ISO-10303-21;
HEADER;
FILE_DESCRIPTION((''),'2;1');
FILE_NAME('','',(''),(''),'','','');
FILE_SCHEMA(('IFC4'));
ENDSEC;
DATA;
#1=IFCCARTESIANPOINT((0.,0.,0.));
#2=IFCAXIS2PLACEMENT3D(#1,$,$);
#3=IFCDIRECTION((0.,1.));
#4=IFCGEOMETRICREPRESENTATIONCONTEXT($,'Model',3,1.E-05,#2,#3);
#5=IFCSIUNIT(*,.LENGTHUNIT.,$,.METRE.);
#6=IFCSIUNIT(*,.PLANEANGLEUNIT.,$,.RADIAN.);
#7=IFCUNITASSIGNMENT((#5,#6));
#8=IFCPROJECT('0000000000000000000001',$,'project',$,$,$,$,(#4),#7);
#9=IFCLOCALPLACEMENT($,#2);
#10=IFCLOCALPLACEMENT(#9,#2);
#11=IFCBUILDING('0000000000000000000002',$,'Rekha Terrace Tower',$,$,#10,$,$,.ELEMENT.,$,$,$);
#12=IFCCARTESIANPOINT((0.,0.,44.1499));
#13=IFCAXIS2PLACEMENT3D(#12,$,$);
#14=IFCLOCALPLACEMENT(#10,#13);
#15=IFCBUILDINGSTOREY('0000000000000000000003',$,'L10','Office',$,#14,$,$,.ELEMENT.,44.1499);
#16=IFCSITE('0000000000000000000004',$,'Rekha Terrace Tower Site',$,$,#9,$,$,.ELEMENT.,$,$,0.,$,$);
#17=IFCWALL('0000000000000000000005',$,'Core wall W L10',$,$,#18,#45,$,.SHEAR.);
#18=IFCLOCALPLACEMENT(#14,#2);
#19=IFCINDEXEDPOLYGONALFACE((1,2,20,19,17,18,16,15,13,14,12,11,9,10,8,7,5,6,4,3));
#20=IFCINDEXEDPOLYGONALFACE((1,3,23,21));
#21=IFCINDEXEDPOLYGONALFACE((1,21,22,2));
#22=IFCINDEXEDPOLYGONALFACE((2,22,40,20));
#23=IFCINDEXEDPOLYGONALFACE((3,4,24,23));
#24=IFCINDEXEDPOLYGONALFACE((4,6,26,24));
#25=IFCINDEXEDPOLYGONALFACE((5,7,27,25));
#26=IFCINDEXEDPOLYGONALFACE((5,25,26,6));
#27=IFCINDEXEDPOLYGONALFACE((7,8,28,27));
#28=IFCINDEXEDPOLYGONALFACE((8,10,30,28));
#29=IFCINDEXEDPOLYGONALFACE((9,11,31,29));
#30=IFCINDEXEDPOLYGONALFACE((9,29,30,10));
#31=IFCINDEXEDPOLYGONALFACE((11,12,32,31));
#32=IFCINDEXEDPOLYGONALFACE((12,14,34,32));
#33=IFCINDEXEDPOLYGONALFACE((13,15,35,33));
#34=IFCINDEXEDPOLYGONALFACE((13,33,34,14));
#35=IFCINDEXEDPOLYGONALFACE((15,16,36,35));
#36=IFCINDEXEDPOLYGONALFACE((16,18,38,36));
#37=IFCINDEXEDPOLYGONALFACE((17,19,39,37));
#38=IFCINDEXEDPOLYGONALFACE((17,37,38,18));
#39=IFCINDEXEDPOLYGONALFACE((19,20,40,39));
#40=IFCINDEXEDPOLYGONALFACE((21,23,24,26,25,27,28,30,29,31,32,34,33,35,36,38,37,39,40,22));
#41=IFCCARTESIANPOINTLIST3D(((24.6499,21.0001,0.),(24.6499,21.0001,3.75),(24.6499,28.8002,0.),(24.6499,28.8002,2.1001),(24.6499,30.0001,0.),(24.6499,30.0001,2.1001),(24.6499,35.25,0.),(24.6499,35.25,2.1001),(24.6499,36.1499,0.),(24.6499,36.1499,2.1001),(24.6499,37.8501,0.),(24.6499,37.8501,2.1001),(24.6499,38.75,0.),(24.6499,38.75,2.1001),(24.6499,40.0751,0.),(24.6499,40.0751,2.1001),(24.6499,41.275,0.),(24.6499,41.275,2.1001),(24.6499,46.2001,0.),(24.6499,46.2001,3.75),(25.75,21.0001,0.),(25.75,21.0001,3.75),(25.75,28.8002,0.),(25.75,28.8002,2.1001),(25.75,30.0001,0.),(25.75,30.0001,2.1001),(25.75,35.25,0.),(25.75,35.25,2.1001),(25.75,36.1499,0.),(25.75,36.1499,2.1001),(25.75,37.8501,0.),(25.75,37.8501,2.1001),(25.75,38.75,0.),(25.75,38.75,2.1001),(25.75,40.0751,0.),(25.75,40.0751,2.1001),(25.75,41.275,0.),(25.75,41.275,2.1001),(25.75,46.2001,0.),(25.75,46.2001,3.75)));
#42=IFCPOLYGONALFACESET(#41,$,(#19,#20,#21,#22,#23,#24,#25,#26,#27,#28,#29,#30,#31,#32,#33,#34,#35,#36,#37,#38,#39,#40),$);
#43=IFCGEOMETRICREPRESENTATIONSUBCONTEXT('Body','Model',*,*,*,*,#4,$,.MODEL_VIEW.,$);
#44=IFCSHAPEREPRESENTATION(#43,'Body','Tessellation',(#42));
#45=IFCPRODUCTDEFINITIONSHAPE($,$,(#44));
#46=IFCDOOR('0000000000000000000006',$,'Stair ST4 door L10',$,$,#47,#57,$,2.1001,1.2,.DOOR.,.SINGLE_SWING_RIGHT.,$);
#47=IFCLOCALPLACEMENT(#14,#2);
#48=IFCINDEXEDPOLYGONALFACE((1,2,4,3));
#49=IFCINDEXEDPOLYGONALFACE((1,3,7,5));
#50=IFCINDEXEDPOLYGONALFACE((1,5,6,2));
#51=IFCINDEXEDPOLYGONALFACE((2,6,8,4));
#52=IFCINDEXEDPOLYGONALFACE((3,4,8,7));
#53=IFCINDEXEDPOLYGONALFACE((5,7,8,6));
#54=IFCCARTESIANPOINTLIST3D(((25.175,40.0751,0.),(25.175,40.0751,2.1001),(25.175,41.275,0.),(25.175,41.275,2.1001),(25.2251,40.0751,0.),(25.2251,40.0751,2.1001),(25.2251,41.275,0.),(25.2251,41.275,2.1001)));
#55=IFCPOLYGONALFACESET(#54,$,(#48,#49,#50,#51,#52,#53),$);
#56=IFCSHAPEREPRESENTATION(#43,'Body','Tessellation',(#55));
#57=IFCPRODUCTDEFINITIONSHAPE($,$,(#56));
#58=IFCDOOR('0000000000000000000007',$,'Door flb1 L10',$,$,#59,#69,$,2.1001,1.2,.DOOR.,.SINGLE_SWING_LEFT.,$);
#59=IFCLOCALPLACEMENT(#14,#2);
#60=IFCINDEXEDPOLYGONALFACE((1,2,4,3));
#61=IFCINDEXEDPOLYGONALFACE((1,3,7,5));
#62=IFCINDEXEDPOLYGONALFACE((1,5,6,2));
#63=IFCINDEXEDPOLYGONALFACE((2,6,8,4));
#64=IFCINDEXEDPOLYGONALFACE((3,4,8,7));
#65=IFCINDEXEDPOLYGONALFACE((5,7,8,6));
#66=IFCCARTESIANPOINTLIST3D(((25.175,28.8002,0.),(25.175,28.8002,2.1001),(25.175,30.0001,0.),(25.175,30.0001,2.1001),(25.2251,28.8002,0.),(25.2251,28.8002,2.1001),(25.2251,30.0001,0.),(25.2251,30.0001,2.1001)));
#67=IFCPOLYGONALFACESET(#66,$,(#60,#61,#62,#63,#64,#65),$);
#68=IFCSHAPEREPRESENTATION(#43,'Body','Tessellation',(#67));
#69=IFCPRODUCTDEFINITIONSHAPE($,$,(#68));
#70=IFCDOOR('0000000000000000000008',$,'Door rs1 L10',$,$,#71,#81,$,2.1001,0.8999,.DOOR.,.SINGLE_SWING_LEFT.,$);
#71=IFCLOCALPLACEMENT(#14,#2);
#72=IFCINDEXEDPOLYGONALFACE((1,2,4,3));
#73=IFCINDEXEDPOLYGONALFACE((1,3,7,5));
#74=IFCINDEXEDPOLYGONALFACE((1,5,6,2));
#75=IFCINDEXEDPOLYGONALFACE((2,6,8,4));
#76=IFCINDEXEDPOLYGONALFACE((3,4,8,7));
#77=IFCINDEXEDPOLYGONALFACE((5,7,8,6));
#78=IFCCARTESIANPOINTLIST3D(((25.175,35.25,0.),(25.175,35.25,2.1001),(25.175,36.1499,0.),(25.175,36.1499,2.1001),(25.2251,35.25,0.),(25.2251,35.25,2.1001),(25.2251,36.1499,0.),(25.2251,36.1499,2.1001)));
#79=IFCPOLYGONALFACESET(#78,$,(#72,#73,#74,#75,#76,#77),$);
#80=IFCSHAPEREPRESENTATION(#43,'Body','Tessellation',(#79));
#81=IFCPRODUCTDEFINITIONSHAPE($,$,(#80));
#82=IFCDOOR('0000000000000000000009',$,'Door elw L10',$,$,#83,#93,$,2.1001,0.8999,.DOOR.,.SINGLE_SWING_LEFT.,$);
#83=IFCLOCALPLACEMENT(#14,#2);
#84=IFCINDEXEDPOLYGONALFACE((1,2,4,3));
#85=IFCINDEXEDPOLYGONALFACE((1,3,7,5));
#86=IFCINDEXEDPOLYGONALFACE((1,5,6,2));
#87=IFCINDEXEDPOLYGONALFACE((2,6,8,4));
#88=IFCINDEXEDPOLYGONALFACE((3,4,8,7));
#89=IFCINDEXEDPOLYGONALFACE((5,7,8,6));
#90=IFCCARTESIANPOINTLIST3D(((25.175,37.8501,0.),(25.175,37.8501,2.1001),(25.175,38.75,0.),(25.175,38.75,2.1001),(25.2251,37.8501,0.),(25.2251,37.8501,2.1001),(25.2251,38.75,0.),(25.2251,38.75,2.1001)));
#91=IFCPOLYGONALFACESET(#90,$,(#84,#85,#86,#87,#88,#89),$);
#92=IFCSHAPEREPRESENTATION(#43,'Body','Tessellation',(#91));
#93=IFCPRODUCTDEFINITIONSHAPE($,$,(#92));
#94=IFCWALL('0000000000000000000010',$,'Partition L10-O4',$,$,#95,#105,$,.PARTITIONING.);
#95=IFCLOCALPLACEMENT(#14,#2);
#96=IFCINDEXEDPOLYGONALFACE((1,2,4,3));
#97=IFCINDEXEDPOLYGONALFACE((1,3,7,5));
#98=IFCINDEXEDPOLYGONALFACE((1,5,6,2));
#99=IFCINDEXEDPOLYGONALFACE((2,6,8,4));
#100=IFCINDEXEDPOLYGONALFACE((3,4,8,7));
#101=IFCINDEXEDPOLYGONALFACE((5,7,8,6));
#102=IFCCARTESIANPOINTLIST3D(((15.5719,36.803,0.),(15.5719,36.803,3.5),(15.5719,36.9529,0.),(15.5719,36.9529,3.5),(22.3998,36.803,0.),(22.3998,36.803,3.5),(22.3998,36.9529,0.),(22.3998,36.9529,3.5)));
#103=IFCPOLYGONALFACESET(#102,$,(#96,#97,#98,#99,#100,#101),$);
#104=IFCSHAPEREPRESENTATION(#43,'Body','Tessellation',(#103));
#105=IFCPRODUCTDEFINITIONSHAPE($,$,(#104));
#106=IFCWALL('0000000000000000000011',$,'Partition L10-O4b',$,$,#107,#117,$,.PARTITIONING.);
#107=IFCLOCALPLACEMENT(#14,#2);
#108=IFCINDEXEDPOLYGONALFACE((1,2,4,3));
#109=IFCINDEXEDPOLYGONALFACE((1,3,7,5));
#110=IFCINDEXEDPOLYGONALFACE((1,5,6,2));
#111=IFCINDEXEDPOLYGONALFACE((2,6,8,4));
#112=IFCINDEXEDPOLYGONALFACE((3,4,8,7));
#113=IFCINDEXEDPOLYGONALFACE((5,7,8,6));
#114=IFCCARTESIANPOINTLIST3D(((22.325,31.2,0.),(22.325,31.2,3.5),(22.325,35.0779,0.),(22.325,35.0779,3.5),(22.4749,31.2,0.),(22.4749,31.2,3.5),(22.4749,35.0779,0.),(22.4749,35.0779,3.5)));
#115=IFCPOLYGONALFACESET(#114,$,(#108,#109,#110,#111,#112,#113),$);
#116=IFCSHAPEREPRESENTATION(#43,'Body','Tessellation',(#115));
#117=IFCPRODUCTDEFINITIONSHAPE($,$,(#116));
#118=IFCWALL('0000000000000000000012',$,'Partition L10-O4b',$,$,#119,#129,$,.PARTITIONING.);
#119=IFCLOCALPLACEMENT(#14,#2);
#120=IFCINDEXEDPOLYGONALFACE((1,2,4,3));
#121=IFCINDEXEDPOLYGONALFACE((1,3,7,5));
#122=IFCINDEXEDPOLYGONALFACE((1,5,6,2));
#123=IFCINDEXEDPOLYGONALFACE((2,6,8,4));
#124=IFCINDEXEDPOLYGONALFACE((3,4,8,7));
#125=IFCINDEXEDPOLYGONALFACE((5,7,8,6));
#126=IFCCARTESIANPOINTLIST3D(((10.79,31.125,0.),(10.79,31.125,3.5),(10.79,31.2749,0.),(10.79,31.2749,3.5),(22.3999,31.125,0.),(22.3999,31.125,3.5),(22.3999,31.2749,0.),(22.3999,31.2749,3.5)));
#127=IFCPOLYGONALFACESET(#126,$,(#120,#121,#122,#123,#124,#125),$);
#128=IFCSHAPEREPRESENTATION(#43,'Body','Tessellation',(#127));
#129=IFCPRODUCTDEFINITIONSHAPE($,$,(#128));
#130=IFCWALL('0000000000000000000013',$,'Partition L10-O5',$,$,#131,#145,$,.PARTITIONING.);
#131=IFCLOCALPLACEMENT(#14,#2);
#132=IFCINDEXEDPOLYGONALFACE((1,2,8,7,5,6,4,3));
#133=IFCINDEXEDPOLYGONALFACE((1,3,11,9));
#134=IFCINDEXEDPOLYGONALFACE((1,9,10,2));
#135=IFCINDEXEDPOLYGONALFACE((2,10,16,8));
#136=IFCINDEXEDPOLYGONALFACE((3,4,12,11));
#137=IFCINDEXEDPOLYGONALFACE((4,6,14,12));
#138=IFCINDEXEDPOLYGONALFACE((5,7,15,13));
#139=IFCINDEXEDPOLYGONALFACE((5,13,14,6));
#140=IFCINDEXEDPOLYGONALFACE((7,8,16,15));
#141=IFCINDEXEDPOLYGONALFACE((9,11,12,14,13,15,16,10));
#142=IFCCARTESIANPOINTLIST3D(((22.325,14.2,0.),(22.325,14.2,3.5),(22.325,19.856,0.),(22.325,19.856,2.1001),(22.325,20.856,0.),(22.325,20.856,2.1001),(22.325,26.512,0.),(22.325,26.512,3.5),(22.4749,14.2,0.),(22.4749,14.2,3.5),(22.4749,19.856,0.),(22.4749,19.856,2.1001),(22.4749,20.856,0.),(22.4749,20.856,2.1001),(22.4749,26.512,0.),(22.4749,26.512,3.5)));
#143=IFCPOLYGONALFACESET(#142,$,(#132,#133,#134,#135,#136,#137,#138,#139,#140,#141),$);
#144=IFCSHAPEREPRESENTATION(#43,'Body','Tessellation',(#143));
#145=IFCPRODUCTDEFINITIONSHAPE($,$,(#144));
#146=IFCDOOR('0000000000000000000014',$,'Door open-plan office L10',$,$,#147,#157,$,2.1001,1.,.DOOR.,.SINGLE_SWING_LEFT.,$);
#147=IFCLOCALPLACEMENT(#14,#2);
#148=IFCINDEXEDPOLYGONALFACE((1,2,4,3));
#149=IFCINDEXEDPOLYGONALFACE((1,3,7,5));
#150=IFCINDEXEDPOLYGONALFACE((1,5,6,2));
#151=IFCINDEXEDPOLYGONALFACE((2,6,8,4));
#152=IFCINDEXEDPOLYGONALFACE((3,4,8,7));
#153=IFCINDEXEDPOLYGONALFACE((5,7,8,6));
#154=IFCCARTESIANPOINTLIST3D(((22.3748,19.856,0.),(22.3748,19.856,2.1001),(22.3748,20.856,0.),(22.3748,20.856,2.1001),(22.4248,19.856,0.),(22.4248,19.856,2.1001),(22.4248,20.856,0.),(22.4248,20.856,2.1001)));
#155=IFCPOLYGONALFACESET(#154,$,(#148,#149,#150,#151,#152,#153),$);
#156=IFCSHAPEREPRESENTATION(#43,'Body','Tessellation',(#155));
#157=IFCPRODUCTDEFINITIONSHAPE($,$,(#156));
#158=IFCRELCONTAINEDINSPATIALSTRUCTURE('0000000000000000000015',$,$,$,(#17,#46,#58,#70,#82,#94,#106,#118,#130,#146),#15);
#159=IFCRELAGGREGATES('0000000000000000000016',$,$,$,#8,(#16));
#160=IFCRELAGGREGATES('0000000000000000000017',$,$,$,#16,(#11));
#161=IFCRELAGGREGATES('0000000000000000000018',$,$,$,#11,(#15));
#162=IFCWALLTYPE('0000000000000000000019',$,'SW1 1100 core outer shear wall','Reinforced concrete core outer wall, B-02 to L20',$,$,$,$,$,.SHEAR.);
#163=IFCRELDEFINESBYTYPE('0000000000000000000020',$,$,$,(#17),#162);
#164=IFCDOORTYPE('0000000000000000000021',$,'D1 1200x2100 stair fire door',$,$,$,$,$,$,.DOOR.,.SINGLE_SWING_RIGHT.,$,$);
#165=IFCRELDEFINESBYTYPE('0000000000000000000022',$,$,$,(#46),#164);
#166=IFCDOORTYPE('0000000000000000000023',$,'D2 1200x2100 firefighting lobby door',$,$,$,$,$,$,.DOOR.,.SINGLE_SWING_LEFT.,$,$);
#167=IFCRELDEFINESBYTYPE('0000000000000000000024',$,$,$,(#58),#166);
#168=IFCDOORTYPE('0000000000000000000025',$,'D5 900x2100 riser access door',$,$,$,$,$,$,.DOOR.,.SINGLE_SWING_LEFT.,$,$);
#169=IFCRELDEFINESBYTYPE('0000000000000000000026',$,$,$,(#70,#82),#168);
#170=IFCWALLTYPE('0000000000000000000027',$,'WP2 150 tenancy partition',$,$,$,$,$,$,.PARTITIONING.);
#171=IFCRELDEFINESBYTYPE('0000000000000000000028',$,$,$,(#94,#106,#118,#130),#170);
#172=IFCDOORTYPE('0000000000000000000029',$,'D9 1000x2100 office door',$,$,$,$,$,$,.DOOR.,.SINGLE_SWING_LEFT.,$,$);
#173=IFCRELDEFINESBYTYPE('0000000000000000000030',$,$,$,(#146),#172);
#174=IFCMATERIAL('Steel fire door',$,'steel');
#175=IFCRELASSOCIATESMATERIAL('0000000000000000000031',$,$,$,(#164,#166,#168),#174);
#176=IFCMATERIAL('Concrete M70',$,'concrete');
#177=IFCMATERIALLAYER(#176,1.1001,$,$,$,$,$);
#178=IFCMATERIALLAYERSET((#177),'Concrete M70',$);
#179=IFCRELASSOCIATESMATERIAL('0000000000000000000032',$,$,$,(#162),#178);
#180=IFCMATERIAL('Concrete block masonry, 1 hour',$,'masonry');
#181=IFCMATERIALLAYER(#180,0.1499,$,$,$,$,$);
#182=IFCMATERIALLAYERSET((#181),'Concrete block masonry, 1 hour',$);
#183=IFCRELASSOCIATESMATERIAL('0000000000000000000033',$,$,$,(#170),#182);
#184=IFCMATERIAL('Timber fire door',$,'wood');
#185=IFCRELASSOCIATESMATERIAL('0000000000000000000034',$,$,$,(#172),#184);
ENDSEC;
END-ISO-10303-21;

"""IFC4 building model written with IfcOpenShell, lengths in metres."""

from ifc_helpers import new_model, si_unit, direction, frame, frame_2d, origin, place, context, subcontext, project, spatial, rectangle, extrude, material, layer, layer_set, type_object, element, fill, save


model = new_model("IFC4")

# Units and contexts
model_context = context("Model", 3, precision=1e-05, world=origin(), true_north=direction((0.0, 1.0)))
body_context = subcontext(model_context, "Body", "Model", "MODEL_VIEW")
ifc_project = project(units=[si_unit("LENGTHUNIT", "METRE"), si_unit("PLANEANGLEUNIT", "RADIAN")], contexts=[model_context])

# Site, building, storey
site_placement = place(None, origin())
site = spatial("IfcSite", under=ifc_project, at=site_placement, Name="Rekha Terrace Tower Site", CompositionType="ELEMENT", RefElevation=0.0)
building_placement = place(site_placement, origin())
building = spatial("IfcBuilding", under=site, at=building_placement, Name="Rekha Terrace Tower", CompositionType="ELEMENT")
storey_placement = place(building_placement, frame((0.0, 0.0, 44.1499)))
storey = spatial("IfcBuildingStorey", under=building, at=storey_placement, Name="L10", Description="Office", CompositionType="ELEMENT", Elevation=44.1499)

# Shared definitions
ifc_material_1 = material(Name="Concrete M70", Category="concrete")

# Shared definitions
ifc_material_2 = material(Name="Steel fire door", Category="steel")
door_type_1 = type_object("IfcDoorType", Name="D1 1200x2100 stair fire door", OperationType="SINGLE_SWING_RIGHT", PredefinedType="DOOR", material=ifc_material_2)

# Shared definitions
ifc_layer_1 = layer(ifc_material_1, 1.1001)
ifc_layer_set_1 = layer_set([ifc_layer_1], Name="Concrete M70")
wall_type_1 = type_object("IfcWallType", Name="SW1 1100 core outer shear wall", Description="Reinforced concrete core outer wall, B-02 to L20", PredefinedType="SHEAR", material=ifc_layer_set_1)

# Wall, openings, doors
wall_1_placement = place(storey_placement, frame((25.2, 21.0, 0.0), z_axis=(0.0, 0.0, 1.0), x_axis=(0.0, 1.0, 0.0)))
wall_1 = element("IfcWall", 1, at=wall_1_placement, inside=storey, type_object=wall_type_1, Name="Core wall W L10", PredefinedType="SHEAR", context=body_context, shape_type="SweptSolid", body=[
    extrude(rectangle(XDim=25.2, YDim=1.1001, at=frame_2d((12.6001, 0.0))), origin(), (0.0, 0.0, 1.0), 3.75),
])
opening_1_placement = place(wall_1_placement, frame((7.8, 0.0, 0.0)))
opening_1 = element("IfcOpeningElement", 2, at=opening_1_placement, cuts=wall_1, PredefinedType="OPENING", context=body_context, shape_type="SweptSolid", body=[
    extrude(rectangle(XDim=1.2, YDim=2.1001, at=frame_2d((0.6001, 1.05))), frame((0.0, 0.5601, 0.0), z_axis=(0.0, -1.0, 0.0), x_axis=(1.0, 0.0, 0.0)), (0.0, 0.0, 1.0), 1.1201),
])
opening_2_placement = place(wall_1_placement, frame((14.25, 0.0, 0.0)))
opening_2 = element("IfcOpeningElement", 3, at=opening_2_placement, cuts=wall_1, PredefinedType="OPENING", context=body_context, shape_type="SweptSolid", body=[
    extrude(rectangle(XDim=0.8999, YDim=2.1001, at=frame_2d((0.45, 1.05))), frame((0.0, 0.5601, 0.0), z_axis=(0.0, -1.0, 0.0), x_axis=(1.0, 0.0, 0.0)), (0.0, 0.0, 1.0), 1.1201),
])
opening_3_placement = place(wall_1_placement, frame((16.8501, 0.0, 0.0)))
opening_3 = element("IfcOpeningElement", 4, at=opening_3_placement, cuts=wall_1, PredefinedType="OPENING", context=body_context, shape_type="SweptSolid", body=[
    extrude(rectangle(XDim=0.8999, YDim=2.1001, at=frame_2d((0.45, 1.05))), frame((0.0, 0.5601, 0.0), z_axis=(0.0, -1.0, 0.0), x_axis=(1.0, 0.0, 0.0)), (0.0, 0.0, 1.0), 1.1201),
])
opening_4_placement = place(wall_1_placement, frame((19.075, 0.0, 0.0)))
opening_4 = element("IfcOpeningElement", 5, at=opening_4_placement, cuts=wall_1, PredefinedType="OPENING", context=body_context, shape_type="SweptSolid", body=[
    extrude(rectangle(XDim=1.2, YDim=2.1001, at=frame_2d((0.6001, 1.05))), frame((0.0, 0.5601, 0.0), z_axis=(0.0, -1.0, 0.0), x_axis=(1.0, 0.0, 0.0)), (0.0, 0.0, 1.0), 1.1201),
])
door_1_placement = place(opening_4_placement, origin())
door_1 = element("IfcDoor", 6, at=door_1_placement, inside=storey, type_object=door_type_1, Name="Stair ST4 door L10", OperationType="SINGLE_SWING_RIGHT", OverallHeight=2.1001, OverallWidth=1.2, PredefinedType="DOOR", context=body_context, shape_type="SweptSolid", body=[
    extrude(rectangle(XDim=1.2, YDim=2.1001, at=frame_2d((0.6001, 1.05))), frame((0.0, 0.0249, 0.0), z_axis=(0.0, -1.0, 0.0), x_axis=(1.0, 0.0, 0.0)), (0.0, 0.0, 1.0), 0.05),
])
fill(opening_4, door_1)
door_type_2 = type_object("IfcDoorType", Name="D2 1200x2100 firefighting lobby door", OperationType="SINGLE_SWING_LEFT", PredefinedType="DOOR", material=ifc_material_2)
door_2_placement = place(opening_1_placement, origin())
door_2 = element("IfcDoor", 7, at=door_2_placement, inside=storey, type_object=door_type_2, Name="Door flb1 L10", OperationType="SINGLE_SWING_LEFT", OverallHeight=2.1001, OverallWidth=1.2, PredefinedType="DOOR", context=body_context, shape_type="SweptSolid", body=[
    extrude(rectangle(XDim=1.2, YDim=2.1001, at=frame_2d((0.6001, 1.05))), frame((0.0, 0.0249, 0.0), z_axis=(0.0, -1.0, 0.0), x_axis=(1.0, 0.0, 0.0)), (0.0, 0.0, 1.0), 0.05),
])
fill(opening_1, door_2)
door_type_3 = type_object("IfcDoorType", Name="D5 900x2100 riser access door", OperationType="SINGLE_SWING_LEFT", PredefinedType="DOOR", material=ifc_material_2)
door_3_placement = place(opening_2_placement, origin())
door_3 = element("IfcDoor", 8, at=door_3_placement, inside=storey, type_object=door_type_3, Name="Door rs1 L10", OperationType="SINGLE_SWING_LEFT", OverallHeight=2.1001, OverallWidth=0.8999, PredefinedType="DOOR", context=body_context, shape_type="SweptSolid", body=[
    extrude(rectangle(XDim=0.8999, YDim=2.1001, at=frame_2d((0.45, 1.05))), frame((0.0, 0.0249, 0.0), z_axis=(0.0, -1.0, 0.0), x_axis=(1.0, 0.0, 0.0)), (0.0, 0.0, 1.0), 0.05),
])
fill(opening_2, door_3)
door_4_placement = place(opening_3_placement, origin())
door_4 = element("IfcDoor", 9, at=door_4_placement, inside=storey, type_object=door_type_3, Name="Door elw L10", OperationType="SINGLE_SWING_LEFT", OverallHeight=2.1001, OverallWidth=0.8999, PredefinedType="DOOR", context=body_context, shape_type="SweptSolid", body=[
    extrude(rectangle(XDim=0.8999, YDim=2.1001, at=frame_2d((0.45, 1.05))), frame((0.0, 0.0249, 0.0), z_axis=(0.0, -1.0, 0.0), x_axis=(1.0, 0.0, 0.0)), (0.0, 0.0, 1.0), 0.05),
])
fill(opening_3, door_4)

# Walls
ifc_material_3 = material(Name="Concrete block masonry, 1 hour", Category="masonry")
ifc_layer_2 = layer(ifc_material_3, 0.1499)
ifc_layer_set_2 = layer_set([ifc_layer_2], Name="Concrete block masonry, 1 hour")
wall_type_2 = type_object("IfcWallType", Name="WP2 150 tenancy partition", PredefinedType="PARTITIONING", material=ifc_layer_set_2)
wall_2_placement = place(storey_placement, frame((22.3999, 36.8779, 0.0), z_axis=(0.0, 0.0, 1.0), x_axis=(-1.0, 0.0, 0.0)))
element("IfcWall", 10, at=wall_2_placement, inside=storey, type_object=wall_type_2, Name="Partition L10-O4", PredefinedType="PARTITIONING", context=body_context, shape_type="SweptSolid", body=[
    extrude(rectangle(XDim=6.8279, YDim=0.1499, at=frame_2d((3.4141, 0.0))), origin(), (0.0, 0.0, 1.0), 3.5),
])
wall_3_placement = place(storey_placement, frame((22.3999, 35.0779, 0.0), z_axis=(0.0, 0.0, 1.0), x_axis=(0.0, -1.0, 0.0)))
element("IfcWall", 11, at=wall_3_placement, inside=storey, type_object=wall_type_2, Name="Partition L10-O4b", PredefinedType="PARTITIONING", context=body_context, shape_type="SweptSolid", body=[
    extrude(rectangle(XDim=3.8779, YDim=0.1499, at=frame_2d((1.939, 0.0))), origin(), (0.0, 0.0, 1.0), 3.5),
])
wall_4_placement = place(storey_placement, frame((22.3999, 31.2, 0.0), z_axis=(0.0, 0.0, 1.0), x_axis=(-1.0, 0.0, 0.0)))
element("IfcWall", 12, at=wall_4_placement, inside=storey, type_object=wall_type_2, Name="Partition L10-O4b", PredefinedType="PARTITIONING", context=body_context, shape_type="SweptSolid", body=[
    extrude(rectangle(XDim=11.6099, YDim=0.1499, at=frame_2d((5.8049, 0.0))), origin(), (0.0, 0.0, 1.0), 3.5),
])

# Wall, opening, door
wall_5_placement = place(storey_placement, frame((22.3999, 26.512, 0.0), z_axis=(0.0, 0.0, 1.0), x_axis=(0.0, -1.0, 0.0)))
wall_5 = element("IfcWall", 13, at=wall_5_placement, inside=storey, type_object=wall_type_2, Name="Partition L10-O5", PredefinedType="PARTITIONING", context=body_context, shape_type="SweptSolid", body=[
    extrude(rectangle(XDim=12.312, YDim=0.1499, at=frame_2d((6.156, 0.0))), origin(), (0.0, 0.0, 1.0), 3.5),
])
opening_5_placement = place(wall_5_placement, frame((5.656, 0.0, 0.0)))
opening_5 = element("IfcOpeningElement", 14, at=opening_5_placement, cuts=wall_5, PredefinedType="OPENING", context=body_context, shape_type="SweptSolid", body=[
    extrude(rectangle(XDim=1.0, YDim=2.1001, at=frame_2d((0.5, 1.05))), frame((0.0, 0.085, 0.0), z_axis=(0.0, -1.0, 0.0), x_axis=(1.0, 0.0, 0.0)), (0.0, 0.0, 1.0), 0.1699),
])
ifc_material_4 = material(Name="Timber fire door", Category="wood")
door_type_4 = type_object("IfcDoorType", Name="D9 1000x2100 office door", OperationType="SINGLE_SWING_LEFT", PredefinedType="DOOR", material=ifc_material_4)
door_5_placement = place(opening_5_placement, origin())
door_5 = element("IfcDoor", 15, at=door_5_placement, inside=storey, type_object=door_type_4, Name="Door open-plan office L10", OperationType="SINGLE_SWING_LEFT", OverallHeight=2.1001, OverallWidth=1.0, PredefinedType="DOOR", context=body_context, shape_type="SweptSolid", body=[
    extrude(rectangle(XDim=1.0, YDim=2.1001, at=frame_2d((0.5, 1.05))), frame((0.0, 0.0249, 0.0), z_axis=(0.0, -1.0, 0.0), x_axis=(1.0, 0.0, 0.0)), (0.0, 0.0, 1.0), 0.05),
])
fill(opening_5, door_5)

save(model, "model.ifc")
